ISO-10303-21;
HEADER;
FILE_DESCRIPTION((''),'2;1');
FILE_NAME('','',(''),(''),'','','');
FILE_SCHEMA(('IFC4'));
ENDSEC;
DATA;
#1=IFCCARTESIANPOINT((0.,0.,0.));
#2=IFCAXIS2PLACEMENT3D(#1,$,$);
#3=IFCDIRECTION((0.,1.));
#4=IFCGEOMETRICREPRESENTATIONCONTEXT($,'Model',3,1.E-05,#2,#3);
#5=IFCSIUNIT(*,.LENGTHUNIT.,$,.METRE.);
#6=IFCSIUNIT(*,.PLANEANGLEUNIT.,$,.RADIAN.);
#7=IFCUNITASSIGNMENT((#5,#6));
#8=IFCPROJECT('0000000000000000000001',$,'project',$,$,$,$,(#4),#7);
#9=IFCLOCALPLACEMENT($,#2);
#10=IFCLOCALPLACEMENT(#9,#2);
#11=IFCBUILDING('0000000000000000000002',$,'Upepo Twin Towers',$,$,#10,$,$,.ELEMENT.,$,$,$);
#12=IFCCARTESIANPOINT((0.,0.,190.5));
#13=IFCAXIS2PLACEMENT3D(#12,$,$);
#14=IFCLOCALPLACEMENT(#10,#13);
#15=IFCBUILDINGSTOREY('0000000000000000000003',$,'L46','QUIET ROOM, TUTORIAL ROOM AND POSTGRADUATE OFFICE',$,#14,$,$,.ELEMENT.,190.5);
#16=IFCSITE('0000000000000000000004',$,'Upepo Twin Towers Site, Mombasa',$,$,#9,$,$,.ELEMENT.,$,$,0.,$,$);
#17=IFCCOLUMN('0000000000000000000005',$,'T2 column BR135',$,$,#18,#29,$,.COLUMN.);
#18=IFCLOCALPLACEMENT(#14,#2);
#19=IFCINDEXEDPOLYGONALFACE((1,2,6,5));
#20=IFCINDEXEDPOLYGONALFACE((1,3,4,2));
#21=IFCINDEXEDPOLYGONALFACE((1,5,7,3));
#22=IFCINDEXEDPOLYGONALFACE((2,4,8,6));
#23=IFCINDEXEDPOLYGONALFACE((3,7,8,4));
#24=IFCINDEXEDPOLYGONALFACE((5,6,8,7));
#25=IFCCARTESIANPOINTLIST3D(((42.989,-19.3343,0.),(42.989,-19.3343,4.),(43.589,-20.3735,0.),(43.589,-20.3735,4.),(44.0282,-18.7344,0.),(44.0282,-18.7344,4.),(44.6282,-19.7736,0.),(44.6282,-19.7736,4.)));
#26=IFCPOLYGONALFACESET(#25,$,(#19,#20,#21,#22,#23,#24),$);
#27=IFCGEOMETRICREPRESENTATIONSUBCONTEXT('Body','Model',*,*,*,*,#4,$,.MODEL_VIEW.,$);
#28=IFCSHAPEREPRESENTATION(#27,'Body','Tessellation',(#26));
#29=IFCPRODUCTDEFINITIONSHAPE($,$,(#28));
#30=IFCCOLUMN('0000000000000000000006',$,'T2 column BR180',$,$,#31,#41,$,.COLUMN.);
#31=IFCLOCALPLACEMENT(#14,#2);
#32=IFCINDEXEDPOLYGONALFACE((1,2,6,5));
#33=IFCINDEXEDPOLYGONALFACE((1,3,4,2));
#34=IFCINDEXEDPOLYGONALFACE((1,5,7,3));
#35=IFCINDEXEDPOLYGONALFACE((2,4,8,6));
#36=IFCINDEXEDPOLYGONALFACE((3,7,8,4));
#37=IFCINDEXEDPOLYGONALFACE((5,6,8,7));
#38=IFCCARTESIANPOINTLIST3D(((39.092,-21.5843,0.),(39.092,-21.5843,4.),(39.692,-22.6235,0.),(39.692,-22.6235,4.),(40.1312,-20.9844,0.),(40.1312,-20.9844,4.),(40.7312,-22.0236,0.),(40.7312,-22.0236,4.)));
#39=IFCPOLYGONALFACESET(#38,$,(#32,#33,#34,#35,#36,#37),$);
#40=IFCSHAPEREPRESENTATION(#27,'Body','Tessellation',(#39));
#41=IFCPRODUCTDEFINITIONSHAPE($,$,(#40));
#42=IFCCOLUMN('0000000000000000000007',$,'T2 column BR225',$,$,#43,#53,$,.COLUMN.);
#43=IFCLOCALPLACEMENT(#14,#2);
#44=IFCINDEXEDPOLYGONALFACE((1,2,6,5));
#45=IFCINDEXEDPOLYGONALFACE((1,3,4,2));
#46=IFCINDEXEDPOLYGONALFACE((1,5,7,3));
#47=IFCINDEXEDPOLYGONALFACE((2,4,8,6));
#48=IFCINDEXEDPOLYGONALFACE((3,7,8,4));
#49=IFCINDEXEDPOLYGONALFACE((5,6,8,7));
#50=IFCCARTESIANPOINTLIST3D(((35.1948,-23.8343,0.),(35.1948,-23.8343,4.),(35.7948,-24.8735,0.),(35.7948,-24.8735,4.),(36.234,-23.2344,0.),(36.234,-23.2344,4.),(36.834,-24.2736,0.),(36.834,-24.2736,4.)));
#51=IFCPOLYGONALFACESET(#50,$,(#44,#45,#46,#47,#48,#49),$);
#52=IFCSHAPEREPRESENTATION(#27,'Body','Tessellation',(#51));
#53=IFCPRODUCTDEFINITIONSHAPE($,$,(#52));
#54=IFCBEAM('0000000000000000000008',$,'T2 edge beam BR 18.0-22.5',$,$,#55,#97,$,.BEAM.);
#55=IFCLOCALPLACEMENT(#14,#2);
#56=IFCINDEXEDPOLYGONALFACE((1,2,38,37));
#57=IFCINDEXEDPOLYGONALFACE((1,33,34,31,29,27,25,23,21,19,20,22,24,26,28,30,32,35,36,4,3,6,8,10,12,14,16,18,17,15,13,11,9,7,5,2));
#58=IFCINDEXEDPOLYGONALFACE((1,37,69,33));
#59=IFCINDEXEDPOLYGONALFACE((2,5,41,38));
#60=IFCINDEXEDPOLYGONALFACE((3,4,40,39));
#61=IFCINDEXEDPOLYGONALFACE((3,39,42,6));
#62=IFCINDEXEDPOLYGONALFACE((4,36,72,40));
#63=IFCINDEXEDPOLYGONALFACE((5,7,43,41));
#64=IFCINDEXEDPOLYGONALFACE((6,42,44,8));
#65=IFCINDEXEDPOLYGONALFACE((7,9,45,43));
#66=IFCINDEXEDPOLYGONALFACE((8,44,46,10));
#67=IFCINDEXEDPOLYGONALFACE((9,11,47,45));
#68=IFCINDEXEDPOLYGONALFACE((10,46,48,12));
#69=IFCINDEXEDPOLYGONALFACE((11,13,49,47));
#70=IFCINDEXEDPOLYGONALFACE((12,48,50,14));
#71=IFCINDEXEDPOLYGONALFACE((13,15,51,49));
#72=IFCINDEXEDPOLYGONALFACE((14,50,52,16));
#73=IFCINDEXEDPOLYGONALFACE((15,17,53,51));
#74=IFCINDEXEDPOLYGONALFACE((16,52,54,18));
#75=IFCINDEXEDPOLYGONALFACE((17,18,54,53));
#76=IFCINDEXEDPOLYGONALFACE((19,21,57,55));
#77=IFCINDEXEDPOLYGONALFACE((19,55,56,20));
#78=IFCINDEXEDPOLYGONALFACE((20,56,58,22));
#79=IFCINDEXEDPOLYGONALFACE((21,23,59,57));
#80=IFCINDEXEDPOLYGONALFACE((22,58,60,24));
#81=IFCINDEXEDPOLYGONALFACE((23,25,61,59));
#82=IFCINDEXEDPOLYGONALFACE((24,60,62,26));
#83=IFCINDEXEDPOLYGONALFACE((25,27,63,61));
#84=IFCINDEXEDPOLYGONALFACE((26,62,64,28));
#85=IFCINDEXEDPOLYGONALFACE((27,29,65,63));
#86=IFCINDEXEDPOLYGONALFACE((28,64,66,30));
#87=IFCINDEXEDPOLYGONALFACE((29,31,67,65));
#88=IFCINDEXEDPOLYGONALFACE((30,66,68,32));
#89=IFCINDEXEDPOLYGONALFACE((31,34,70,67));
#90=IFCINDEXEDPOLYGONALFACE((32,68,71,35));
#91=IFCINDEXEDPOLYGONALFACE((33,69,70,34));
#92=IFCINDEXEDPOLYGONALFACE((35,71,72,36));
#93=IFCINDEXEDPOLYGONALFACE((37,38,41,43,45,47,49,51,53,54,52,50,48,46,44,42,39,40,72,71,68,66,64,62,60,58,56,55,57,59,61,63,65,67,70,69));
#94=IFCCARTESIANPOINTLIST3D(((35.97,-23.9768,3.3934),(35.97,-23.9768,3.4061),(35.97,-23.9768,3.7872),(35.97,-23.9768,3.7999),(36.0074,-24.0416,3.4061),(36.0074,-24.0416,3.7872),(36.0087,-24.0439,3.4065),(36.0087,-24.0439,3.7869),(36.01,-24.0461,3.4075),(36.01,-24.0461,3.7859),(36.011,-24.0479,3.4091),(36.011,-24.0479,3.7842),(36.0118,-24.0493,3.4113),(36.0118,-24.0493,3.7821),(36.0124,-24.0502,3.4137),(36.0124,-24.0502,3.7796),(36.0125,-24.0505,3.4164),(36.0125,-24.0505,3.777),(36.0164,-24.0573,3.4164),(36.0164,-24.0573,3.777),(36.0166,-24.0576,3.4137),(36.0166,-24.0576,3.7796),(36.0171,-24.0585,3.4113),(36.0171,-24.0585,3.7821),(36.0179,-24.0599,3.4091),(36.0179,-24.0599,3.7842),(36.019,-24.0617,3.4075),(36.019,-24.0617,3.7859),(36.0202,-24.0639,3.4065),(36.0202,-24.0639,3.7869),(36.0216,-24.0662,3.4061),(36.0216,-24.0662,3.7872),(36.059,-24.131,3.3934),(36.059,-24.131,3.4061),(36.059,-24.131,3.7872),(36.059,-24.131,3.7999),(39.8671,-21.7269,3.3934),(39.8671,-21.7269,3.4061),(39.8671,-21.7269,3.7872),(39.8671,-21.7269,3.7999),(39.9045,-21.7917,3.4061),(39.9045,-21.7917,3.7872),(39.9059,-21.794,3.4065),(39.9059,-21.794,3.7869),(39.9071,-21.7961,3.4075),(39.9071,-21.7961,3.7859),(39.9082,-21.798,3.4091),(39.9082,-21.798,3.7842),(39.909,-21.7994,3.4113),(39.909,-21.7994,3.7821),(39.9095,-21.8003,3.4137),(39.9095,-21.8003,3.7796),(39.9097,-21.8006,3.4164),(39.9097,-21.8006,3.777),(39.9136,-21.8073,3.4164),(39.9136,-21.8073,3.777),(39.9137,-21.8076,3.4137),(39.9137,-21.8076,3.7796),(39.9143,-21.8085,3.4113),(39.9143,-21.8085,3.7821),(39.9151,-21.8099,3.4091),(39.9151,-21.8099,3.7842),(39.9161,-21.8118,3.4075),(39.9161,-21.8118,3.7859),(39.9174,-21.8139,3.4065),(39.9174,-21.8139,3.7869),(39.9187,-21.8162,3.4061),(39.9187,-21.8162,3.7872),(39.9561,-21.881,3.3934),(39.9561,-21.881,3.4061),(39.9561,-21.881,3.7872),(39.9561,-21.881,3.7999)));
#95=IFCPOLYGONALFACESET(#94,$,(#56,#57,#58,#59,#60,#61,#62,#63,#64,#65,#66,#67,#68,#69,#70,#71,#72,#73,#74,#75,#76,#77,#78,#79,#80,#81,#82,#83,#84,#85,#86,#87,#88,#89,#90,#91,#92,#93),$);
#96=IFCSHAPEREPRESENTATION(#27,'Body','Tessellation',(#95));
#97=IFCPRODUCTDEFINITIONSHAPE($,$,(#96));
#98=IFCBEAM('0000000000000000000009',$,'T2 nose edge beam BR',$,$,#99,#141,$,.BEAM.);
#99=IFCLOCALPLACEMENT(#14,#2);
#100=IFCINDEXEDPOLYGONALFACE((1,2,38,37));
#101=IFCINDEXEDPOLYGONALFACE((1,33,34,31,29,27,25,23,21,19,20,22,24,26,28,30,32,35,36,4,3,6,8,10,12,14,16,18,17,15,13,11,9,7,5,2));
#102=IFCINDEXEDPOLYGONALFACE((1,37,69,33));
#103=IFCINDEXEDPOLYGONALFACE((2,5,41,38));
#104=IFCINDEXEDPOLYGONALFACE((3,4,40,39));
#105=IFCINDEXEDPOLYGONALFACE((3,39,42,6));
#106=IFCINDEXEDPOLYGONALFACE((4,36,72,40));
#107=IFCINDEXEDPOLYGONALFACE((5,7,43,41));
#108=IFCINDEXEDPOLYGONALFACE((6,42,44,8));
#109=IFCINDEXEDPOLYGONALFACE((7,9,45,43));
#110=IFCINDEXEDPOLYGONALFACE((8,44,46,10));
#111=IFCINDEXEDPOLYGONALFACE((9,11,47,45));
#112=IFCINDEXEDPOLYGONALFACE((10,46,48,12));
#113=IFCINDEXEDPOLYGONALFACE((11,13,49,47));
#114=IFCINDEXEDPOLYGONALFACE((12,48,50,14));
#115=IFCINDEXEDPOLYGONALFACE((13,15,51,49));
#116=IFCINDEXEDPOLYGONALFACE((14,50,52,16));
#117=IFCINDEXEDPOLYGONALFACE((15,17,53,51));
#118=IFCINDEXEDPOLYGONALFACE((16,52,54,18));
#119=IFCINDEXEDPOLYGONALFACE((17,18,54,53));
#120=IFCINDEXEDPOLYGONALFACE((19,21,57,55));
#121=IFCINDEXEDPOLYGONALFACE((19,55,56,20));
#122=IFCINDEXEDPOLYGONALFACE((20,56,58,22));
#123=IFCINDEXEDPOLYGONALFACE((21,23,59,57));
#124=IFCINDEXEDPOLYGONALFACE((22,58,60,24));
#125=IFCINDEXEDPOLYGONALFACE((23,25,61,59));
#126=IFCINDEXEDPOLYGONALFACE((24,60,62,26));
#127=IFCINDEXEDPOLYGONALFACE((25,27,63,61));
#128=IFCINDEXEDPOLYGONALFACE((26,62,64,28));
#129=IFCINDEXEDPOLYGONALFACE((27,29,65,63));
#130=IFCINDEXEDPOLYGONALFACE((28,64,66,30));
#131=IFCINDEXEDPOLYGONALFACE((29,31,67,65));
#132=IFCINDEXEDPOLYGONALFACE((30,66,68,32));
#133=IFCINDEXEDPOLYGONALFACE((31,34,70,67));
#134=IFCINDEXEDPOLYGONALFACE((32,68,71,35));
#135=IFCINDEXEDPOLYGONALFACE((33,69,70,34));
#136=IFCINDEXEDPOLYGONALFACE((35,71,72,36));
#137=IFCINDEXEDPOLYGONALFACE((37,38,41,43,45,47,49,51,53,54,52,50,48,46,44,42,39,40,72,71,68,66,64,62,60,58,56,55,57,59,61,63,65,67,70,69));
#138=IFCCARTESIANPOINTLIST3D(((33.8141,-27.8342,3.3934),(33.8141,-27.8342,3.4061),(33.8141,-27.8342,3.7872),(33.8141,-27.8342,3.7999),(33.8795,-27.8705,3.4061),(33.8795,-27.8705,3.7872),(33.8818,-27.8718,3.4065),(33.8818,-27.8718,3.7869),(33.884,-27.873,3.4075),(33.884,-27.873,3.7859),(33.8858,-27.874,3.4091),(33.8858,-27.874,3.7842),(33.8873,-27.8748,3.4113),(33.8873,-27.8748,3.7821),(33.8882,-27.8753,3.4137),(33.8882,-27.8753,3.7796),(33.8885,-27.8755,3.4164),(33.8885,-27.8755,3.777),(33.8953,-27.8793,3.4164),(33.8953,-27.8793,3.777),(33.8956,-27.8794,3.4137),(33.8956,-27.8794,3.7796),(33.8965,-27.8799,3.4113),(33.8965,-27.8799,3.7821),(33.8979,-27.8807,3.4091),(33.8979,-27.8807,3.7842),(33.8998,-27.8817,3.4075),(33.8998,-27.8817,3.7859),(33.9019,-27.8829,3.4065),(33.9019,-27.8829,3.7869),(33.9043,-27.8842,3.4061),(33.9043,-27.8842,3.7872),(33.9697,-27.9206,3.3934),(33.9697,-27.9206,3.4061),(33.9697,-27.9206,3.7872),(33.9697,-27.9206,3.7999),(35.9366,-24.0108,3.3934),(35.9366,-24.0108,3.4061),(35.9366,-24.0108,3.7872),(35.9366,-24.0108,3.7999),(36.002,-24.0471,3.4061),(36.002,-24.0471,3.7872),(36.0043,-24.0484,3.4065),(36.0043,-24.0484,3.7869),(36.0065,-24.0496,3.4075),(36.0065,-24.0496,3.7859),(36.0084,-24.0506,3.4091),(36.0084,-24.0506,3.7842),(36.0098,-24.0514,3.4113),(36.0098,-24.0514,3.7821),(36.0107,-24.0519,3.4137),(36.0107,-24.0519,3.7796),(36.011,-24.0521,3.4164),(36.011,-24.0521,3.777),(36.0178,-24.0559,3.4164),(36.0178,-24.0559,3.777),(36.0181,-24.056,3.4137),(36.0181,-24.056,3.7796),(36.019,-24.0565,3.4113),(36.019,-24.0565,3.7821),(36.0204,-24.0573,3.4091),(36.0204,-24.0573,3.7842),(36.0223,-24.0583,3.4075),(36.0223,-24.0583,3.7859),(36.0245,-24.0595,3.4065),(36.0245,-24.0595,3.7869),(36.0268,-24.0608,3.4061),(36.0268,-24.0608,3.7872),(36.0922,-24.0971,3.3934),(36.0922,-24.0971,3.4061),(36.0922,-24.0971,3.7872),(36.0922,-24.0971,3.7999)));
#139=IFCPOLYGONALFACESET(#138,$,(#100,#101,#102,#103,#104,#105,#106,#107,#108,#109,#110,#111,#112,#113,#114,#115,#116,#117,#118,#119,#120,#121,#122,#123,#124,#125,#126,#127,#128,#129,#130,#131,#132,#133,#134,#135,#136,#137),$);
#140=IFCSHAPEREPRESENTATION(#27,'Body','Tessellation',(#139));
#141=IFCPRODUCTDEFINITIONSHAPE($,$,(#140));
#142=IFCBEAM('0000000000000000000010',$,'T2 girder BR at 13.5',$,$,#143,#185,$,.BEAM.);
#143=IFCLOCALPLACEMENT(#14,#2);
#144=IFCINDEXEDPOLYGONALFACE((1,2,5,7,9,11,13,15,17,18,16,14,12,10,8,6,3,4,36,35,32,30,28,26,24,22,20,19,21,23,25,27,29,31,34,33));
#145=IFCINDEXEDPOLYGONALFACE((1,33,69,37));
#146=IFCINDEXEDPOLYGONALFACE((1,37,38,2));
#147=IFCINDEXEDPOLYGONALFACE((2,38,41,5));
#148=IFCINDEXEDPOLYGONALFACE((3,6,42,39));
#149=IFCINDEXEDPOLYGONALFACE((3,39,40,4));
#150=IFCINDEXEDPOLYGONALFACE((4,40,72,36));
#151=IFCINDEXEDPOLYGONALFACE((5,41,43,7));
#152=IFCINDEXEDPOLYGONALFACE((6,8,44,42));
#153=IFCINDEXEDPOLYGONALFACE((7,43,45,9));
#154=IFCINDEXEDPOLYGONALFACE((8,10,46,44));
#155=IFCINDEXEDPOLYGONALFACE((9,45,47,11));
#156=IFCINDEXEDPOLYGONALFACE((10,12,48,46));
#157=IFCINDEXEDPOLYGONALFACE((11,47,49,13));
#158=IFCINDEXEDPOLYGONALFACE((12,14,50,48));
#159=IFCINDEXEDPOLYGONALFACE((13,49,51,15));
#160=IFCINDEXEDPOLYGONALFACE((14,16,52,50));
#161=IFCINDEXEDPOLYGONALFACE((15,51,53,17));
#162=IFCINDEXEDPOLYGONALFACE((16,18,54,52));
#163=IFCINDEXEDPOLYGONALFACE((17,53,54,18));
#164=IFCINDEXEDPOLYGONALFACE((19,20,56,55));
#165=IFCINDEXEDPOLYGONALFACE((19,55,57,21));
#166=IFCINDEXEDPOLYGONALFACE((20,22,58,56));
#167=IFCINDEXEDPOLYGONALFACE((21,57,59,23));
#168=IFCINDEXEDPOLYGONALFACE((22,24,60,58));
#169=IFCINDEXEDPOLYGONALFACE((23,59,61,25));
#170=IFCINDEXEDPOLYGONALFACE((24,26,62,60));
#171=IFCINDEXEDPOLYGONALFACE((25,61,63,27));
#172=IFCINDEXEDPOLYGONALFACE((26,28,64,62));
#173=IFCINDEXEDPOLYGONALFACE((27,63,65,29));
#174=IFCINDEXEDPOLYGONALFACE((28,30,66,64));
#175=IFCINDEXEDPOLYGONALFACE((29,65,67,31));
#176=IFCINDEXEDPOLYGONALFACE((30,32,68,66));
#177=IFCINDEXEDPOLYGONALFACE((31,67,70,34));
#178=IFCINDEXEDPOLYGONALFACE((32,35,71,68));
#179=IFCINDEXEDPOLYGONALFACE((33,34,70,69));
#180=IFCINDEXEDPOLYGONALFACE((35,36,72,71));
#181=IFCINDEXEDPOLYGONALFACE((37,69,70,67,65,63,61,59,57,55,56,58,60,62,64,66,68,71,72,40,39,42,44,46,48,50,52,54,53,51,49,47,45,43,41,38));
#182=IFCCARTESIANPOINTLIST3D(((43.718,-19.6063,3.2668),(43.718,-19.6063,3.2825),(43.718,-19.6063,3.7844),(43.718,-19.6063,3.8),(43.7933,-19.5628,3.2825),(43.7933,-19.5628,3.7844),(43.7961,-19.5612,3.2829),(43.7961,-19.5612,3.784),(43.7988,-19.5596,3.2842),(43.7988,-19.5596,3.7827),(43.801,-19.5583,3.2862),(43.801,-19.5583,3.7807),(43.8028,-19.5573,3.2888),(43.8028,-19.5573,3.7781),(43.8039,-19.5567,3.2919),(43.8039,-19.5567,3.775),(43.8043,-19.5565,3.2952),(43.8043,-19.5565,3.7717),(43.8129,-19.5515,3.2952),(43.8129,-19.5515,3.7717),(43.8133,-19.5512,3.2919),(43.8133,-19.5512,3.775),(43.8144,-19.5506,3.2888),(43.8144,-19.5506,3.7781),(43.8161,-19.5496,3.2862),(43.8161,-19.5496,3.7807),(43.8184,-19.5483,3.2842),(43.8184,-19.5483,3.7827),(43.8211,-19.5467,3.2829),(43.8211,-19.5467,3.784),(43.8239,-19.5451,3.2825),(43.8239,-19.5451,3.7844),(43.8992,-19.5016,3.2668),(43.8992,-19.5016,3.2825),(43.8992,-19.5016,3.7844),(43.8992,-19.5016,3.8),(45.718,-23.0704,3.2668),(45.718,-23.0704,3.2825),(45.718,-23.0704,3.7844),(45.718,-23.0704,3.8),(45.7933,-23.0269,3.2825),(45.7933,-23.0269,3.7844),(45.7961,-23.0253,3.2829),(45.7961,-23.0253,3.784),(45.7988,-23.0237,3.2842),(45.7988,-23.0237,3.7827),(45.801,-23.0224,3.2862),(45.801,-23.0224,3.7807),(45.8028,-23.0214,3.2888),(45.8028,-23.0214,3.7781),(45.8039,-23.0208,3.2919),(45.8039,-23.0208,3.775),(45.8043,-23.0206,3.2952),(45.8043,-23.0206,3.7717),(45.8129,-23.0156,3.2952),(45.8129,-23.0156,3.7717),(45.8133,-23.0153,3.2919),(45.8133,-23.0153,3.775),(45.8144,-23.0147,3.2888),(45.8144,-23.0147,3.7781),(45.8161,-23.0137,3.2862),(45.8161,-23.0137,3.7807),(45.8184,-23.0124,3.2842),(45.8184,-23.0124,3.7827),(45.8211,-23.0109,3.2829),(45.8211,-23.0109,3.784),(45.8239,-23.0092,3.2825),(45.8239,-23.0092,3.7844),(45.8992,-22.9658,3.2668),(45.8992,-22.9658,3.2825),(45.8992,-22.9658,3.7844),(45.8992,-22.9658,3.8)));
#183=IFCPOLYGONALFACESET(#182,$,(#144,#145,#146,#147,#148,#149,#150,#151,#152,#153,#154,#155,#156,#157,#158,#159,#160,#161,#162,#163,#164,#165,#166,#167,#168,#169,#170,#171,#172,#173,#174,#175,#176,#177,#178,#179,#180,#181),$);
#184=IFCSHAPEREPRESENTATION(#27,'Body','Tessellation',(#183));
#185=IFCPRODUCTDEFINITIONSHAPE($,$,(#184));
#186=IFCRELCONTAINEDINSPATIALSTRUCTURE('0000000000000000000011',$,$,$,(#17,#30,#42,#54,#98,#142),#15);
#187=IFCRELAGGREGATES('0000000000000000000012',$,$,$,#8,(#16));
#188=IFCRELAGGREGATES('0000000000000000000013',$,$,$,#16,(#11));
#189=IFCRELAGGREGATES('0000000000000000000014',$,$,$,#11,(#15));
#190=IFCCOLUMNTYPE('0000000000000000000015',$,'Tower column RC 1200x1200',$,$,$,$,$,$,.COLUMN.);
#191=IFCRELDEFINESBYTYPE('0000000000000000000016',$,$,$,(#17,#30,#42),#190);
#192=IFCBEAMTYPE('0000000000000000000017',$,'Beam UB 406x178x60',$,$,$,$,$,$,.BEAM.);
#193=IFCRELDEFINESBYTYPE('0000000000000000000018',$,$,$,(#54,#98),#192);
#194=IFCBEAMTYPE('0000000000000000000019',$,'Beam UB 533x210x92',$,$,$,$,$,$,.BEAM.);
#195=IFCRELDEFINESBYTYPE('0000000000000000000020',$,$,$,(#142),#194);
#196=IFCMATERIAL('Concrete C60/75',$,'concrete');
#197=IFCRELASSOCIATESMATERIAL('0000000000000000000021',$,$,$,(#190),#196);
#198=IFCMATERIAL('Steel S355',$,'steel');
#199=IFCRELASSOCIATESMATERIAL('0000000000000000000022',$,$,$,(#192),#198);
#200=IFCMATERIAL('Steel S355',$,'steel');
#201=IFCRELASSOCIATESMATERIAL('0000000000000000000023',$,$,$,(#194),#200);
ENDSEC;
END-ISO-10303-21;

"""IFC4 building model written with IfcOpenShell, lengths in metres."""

from ifc_helpers import new_model, si_unit, direction, frame, origin, origin_2d, place, context, subcontext, project, spatial, rectangle, i_section, extrude, material, material_profile, profile_set, type_object, element, save


model = new_model("IFC4")

# Units and contexts
model_context = context("Model", 3, precision=1e-05, world=origin(), true_north=direction((0.0, 1.0)))
body_context = subcontext(model_context, "Body", "Model", "MODEL_VIEW")
ifc_project = project(units=[si_unit("LENGTHUNIT", "METRE"), si_unit("PLANEANGLEUNIT", "RADIAN")], contexts=[model_context])

# Site, building, storey
site_placement = place(None, origin())
site = spatial("IfcSite", under=ifc_project, at=site_placement, Name="Upepo Twin Towers Site, Mombasa", CompositionType="ELEMENT", RefElevation=0.0)
building_placement = place(site_placement, origin())
building = spatial("IfcBuilding", under=site, at=building_placement, Name="Upepo Twin Towers", CompositionType="ELEMENT")
storey_placement = place(building_placement, frame((0.0, 0.0, 190.5)))
storey = spatial("IfcBuildingStorey", under=building, at=storey_placement, Name="L46", Description="QUIET ROOM, TUTORIAL ROOM AND POSTGRADUATE OFFICE", CompositionType="ELEMENT", Elevation=190.5)

# Columns
ifc_material_1 = material(Name="Concrete C60/75", Category="concrete")
ifc_material_profile_1 = material_profile(ifc_material_1, rectangle(XDim=1.2, YDim=1.2, at=origin_2d()), Name="RC 1200x1200")
ifc_profile_set_1 = profile_set([ifc_material_profile_1], Name="Concrete C60/75")
column_type = type_object("IfcColumnType", Name="Tower column RC 1200x1200", PredefinedType="COLUMN", material=ifc_profile_set_1)
for number, where, z_axis, x_axis, name in (
    (1, (43.8086, -19.554, 0.0), (0.0, 0.0, 1.0), (0.866025, 0.5, 0.0), "T2 column BR135"),
    (2, (39.9116, -21.804, 0.0), (0.0, 0.0, 1.0), (0.866025, 0.5, 0.0), "T2 column BR180"),
    (3, (36.0144, -24.054, 0.0), (0.0, 0.0, 1.0), (0.866025, 0.5, 0.0), "T2 column BR225"),
):
    element("IfcColumn", number, at=place(storey_placement, frame(where, z_axis=z_axis, x_axis=x_axis)), inside=storey, type_object=column_type, Name=name, PredefinedType="COLUMN", context=body_context, shape_type="SweptSolid", body=[
        extrude(rectangle(XDim=1.2, YDim=1.2, at=origin_2d()), origin(), (0.0, 0.0, 1.0), 4.0),
    ])

# Beams
ifc_material_2 = material(Name="Steel S355", Category="steel")
ifc_material_profile_2 = material_profile(ifc_material_2, i_section(OverallWidth=0.178, OverallDepth=0.4065, WebThickness=0.0078, FlangeThickness=0.0127, FilletRadius=0.0103, at=origin_2d()), Name="UB 406x178x60")
ifc_profile_set_2 = profile_set([ifc_material_profile_2], Name="Steel S355")
beam_type_1 = type_object("IfcBeamType", Name="Beam UB 406x178x60", PredefinedType="BEAM", material=ifc_profile_set_2)
beam_1_placement = place(storey_placement, frame((39.9116, -21.804, 3.5967), z_axis=(-0.866031, -0.49999, 0.0), x_axis=(0.49999, -0.866031, 0.0)))
element("IfcBeam", 4, at=beam_1_placement, inside=storey, type_object=beam_type_1, Name="T2 edge beam BR 18.0-22.5", PredefinedType="BEAM", context=body_context, shape_type="SweptSolid", body=[
    extrude(i_section(OverallWidth=0.178, OverallDepth=0.4065, WebThickness=0.0078, FlangeThickness=0.0127, FilletRadius=0.0103, at=origin_2d()), origin(), (0.0, 0.0, 1.0), 4.5),
])
beam_2_placement = place(storey_placement, frame((36.0144, -24.054, 3.5967), z_axis=(-0.485363, -0.874313, 0.0), x_axis=(0.874313, -0.485363, 0.0)))
element("IfcBeam", 5, at=beam_2_placement, inside=storey, type_object=beam_type_1, Name="T2 nose edge beam BR", PredefinedType="BEAM", context=body_context, shape_type="SweptSolid", body=[
    extrude(i_section(OverallWidth=0.178, OverallDepth=0.4065, WebThickness=0.0078, FlangeThickness=0.0127, FilletRadius=0.0103, at=origin_2d()), origin(), (0.0, 0.0, 1.0), 4.373),
])
ifc_material_3 = material(Name="Steel S355", Category="steel")
ifc_material_profile_3 = material_profile(ifc_material_3, i_section(OverallWidth=0.2092, OverallDepth=0.5332, WebThickness=0.01, FlangeThickness=0.0156, FilletRadius=0.0127, at=origin_2d()), Name="UB 533x210x92")
ifc_profile_set_3 = profile_set([ifc_material_profile_3], Name="Steel S355")
beam_type_2 = type_object("IfcBeamType", Name="Beam UB 533x210x92", PredefinedType="BEAM", material=ifc_profile_set_3)
for number, where, z_axis, x_axis, name in (
    (6, (43.8086, -19.554, 3.5334), (0.499999, -0.866026, 0.0), (0.866026, 0.499999, 0.0), "T2 girder BR at 13.5"),
):
    element("IfcBeam", number, at=place(storey_placement, frame(where, z_axis=z_axis, x_axis=x_axis)), inside=storey, type_object=beam_type_2, Name=name, PredefinedType="BEAM", context=body_context, shape_type="SweptSolid", body=[
        extrude(i_section(OverallWidth=0.2092, OverallDepth=0.5332, WebThickness=0.01, FlangeThickness=0.0156, FilletRadius=0.0127, at=origin_2d()), origin(), (0.0, 0.0, 1.0), 4.0),
    ])

save(model, "model.ifc")
